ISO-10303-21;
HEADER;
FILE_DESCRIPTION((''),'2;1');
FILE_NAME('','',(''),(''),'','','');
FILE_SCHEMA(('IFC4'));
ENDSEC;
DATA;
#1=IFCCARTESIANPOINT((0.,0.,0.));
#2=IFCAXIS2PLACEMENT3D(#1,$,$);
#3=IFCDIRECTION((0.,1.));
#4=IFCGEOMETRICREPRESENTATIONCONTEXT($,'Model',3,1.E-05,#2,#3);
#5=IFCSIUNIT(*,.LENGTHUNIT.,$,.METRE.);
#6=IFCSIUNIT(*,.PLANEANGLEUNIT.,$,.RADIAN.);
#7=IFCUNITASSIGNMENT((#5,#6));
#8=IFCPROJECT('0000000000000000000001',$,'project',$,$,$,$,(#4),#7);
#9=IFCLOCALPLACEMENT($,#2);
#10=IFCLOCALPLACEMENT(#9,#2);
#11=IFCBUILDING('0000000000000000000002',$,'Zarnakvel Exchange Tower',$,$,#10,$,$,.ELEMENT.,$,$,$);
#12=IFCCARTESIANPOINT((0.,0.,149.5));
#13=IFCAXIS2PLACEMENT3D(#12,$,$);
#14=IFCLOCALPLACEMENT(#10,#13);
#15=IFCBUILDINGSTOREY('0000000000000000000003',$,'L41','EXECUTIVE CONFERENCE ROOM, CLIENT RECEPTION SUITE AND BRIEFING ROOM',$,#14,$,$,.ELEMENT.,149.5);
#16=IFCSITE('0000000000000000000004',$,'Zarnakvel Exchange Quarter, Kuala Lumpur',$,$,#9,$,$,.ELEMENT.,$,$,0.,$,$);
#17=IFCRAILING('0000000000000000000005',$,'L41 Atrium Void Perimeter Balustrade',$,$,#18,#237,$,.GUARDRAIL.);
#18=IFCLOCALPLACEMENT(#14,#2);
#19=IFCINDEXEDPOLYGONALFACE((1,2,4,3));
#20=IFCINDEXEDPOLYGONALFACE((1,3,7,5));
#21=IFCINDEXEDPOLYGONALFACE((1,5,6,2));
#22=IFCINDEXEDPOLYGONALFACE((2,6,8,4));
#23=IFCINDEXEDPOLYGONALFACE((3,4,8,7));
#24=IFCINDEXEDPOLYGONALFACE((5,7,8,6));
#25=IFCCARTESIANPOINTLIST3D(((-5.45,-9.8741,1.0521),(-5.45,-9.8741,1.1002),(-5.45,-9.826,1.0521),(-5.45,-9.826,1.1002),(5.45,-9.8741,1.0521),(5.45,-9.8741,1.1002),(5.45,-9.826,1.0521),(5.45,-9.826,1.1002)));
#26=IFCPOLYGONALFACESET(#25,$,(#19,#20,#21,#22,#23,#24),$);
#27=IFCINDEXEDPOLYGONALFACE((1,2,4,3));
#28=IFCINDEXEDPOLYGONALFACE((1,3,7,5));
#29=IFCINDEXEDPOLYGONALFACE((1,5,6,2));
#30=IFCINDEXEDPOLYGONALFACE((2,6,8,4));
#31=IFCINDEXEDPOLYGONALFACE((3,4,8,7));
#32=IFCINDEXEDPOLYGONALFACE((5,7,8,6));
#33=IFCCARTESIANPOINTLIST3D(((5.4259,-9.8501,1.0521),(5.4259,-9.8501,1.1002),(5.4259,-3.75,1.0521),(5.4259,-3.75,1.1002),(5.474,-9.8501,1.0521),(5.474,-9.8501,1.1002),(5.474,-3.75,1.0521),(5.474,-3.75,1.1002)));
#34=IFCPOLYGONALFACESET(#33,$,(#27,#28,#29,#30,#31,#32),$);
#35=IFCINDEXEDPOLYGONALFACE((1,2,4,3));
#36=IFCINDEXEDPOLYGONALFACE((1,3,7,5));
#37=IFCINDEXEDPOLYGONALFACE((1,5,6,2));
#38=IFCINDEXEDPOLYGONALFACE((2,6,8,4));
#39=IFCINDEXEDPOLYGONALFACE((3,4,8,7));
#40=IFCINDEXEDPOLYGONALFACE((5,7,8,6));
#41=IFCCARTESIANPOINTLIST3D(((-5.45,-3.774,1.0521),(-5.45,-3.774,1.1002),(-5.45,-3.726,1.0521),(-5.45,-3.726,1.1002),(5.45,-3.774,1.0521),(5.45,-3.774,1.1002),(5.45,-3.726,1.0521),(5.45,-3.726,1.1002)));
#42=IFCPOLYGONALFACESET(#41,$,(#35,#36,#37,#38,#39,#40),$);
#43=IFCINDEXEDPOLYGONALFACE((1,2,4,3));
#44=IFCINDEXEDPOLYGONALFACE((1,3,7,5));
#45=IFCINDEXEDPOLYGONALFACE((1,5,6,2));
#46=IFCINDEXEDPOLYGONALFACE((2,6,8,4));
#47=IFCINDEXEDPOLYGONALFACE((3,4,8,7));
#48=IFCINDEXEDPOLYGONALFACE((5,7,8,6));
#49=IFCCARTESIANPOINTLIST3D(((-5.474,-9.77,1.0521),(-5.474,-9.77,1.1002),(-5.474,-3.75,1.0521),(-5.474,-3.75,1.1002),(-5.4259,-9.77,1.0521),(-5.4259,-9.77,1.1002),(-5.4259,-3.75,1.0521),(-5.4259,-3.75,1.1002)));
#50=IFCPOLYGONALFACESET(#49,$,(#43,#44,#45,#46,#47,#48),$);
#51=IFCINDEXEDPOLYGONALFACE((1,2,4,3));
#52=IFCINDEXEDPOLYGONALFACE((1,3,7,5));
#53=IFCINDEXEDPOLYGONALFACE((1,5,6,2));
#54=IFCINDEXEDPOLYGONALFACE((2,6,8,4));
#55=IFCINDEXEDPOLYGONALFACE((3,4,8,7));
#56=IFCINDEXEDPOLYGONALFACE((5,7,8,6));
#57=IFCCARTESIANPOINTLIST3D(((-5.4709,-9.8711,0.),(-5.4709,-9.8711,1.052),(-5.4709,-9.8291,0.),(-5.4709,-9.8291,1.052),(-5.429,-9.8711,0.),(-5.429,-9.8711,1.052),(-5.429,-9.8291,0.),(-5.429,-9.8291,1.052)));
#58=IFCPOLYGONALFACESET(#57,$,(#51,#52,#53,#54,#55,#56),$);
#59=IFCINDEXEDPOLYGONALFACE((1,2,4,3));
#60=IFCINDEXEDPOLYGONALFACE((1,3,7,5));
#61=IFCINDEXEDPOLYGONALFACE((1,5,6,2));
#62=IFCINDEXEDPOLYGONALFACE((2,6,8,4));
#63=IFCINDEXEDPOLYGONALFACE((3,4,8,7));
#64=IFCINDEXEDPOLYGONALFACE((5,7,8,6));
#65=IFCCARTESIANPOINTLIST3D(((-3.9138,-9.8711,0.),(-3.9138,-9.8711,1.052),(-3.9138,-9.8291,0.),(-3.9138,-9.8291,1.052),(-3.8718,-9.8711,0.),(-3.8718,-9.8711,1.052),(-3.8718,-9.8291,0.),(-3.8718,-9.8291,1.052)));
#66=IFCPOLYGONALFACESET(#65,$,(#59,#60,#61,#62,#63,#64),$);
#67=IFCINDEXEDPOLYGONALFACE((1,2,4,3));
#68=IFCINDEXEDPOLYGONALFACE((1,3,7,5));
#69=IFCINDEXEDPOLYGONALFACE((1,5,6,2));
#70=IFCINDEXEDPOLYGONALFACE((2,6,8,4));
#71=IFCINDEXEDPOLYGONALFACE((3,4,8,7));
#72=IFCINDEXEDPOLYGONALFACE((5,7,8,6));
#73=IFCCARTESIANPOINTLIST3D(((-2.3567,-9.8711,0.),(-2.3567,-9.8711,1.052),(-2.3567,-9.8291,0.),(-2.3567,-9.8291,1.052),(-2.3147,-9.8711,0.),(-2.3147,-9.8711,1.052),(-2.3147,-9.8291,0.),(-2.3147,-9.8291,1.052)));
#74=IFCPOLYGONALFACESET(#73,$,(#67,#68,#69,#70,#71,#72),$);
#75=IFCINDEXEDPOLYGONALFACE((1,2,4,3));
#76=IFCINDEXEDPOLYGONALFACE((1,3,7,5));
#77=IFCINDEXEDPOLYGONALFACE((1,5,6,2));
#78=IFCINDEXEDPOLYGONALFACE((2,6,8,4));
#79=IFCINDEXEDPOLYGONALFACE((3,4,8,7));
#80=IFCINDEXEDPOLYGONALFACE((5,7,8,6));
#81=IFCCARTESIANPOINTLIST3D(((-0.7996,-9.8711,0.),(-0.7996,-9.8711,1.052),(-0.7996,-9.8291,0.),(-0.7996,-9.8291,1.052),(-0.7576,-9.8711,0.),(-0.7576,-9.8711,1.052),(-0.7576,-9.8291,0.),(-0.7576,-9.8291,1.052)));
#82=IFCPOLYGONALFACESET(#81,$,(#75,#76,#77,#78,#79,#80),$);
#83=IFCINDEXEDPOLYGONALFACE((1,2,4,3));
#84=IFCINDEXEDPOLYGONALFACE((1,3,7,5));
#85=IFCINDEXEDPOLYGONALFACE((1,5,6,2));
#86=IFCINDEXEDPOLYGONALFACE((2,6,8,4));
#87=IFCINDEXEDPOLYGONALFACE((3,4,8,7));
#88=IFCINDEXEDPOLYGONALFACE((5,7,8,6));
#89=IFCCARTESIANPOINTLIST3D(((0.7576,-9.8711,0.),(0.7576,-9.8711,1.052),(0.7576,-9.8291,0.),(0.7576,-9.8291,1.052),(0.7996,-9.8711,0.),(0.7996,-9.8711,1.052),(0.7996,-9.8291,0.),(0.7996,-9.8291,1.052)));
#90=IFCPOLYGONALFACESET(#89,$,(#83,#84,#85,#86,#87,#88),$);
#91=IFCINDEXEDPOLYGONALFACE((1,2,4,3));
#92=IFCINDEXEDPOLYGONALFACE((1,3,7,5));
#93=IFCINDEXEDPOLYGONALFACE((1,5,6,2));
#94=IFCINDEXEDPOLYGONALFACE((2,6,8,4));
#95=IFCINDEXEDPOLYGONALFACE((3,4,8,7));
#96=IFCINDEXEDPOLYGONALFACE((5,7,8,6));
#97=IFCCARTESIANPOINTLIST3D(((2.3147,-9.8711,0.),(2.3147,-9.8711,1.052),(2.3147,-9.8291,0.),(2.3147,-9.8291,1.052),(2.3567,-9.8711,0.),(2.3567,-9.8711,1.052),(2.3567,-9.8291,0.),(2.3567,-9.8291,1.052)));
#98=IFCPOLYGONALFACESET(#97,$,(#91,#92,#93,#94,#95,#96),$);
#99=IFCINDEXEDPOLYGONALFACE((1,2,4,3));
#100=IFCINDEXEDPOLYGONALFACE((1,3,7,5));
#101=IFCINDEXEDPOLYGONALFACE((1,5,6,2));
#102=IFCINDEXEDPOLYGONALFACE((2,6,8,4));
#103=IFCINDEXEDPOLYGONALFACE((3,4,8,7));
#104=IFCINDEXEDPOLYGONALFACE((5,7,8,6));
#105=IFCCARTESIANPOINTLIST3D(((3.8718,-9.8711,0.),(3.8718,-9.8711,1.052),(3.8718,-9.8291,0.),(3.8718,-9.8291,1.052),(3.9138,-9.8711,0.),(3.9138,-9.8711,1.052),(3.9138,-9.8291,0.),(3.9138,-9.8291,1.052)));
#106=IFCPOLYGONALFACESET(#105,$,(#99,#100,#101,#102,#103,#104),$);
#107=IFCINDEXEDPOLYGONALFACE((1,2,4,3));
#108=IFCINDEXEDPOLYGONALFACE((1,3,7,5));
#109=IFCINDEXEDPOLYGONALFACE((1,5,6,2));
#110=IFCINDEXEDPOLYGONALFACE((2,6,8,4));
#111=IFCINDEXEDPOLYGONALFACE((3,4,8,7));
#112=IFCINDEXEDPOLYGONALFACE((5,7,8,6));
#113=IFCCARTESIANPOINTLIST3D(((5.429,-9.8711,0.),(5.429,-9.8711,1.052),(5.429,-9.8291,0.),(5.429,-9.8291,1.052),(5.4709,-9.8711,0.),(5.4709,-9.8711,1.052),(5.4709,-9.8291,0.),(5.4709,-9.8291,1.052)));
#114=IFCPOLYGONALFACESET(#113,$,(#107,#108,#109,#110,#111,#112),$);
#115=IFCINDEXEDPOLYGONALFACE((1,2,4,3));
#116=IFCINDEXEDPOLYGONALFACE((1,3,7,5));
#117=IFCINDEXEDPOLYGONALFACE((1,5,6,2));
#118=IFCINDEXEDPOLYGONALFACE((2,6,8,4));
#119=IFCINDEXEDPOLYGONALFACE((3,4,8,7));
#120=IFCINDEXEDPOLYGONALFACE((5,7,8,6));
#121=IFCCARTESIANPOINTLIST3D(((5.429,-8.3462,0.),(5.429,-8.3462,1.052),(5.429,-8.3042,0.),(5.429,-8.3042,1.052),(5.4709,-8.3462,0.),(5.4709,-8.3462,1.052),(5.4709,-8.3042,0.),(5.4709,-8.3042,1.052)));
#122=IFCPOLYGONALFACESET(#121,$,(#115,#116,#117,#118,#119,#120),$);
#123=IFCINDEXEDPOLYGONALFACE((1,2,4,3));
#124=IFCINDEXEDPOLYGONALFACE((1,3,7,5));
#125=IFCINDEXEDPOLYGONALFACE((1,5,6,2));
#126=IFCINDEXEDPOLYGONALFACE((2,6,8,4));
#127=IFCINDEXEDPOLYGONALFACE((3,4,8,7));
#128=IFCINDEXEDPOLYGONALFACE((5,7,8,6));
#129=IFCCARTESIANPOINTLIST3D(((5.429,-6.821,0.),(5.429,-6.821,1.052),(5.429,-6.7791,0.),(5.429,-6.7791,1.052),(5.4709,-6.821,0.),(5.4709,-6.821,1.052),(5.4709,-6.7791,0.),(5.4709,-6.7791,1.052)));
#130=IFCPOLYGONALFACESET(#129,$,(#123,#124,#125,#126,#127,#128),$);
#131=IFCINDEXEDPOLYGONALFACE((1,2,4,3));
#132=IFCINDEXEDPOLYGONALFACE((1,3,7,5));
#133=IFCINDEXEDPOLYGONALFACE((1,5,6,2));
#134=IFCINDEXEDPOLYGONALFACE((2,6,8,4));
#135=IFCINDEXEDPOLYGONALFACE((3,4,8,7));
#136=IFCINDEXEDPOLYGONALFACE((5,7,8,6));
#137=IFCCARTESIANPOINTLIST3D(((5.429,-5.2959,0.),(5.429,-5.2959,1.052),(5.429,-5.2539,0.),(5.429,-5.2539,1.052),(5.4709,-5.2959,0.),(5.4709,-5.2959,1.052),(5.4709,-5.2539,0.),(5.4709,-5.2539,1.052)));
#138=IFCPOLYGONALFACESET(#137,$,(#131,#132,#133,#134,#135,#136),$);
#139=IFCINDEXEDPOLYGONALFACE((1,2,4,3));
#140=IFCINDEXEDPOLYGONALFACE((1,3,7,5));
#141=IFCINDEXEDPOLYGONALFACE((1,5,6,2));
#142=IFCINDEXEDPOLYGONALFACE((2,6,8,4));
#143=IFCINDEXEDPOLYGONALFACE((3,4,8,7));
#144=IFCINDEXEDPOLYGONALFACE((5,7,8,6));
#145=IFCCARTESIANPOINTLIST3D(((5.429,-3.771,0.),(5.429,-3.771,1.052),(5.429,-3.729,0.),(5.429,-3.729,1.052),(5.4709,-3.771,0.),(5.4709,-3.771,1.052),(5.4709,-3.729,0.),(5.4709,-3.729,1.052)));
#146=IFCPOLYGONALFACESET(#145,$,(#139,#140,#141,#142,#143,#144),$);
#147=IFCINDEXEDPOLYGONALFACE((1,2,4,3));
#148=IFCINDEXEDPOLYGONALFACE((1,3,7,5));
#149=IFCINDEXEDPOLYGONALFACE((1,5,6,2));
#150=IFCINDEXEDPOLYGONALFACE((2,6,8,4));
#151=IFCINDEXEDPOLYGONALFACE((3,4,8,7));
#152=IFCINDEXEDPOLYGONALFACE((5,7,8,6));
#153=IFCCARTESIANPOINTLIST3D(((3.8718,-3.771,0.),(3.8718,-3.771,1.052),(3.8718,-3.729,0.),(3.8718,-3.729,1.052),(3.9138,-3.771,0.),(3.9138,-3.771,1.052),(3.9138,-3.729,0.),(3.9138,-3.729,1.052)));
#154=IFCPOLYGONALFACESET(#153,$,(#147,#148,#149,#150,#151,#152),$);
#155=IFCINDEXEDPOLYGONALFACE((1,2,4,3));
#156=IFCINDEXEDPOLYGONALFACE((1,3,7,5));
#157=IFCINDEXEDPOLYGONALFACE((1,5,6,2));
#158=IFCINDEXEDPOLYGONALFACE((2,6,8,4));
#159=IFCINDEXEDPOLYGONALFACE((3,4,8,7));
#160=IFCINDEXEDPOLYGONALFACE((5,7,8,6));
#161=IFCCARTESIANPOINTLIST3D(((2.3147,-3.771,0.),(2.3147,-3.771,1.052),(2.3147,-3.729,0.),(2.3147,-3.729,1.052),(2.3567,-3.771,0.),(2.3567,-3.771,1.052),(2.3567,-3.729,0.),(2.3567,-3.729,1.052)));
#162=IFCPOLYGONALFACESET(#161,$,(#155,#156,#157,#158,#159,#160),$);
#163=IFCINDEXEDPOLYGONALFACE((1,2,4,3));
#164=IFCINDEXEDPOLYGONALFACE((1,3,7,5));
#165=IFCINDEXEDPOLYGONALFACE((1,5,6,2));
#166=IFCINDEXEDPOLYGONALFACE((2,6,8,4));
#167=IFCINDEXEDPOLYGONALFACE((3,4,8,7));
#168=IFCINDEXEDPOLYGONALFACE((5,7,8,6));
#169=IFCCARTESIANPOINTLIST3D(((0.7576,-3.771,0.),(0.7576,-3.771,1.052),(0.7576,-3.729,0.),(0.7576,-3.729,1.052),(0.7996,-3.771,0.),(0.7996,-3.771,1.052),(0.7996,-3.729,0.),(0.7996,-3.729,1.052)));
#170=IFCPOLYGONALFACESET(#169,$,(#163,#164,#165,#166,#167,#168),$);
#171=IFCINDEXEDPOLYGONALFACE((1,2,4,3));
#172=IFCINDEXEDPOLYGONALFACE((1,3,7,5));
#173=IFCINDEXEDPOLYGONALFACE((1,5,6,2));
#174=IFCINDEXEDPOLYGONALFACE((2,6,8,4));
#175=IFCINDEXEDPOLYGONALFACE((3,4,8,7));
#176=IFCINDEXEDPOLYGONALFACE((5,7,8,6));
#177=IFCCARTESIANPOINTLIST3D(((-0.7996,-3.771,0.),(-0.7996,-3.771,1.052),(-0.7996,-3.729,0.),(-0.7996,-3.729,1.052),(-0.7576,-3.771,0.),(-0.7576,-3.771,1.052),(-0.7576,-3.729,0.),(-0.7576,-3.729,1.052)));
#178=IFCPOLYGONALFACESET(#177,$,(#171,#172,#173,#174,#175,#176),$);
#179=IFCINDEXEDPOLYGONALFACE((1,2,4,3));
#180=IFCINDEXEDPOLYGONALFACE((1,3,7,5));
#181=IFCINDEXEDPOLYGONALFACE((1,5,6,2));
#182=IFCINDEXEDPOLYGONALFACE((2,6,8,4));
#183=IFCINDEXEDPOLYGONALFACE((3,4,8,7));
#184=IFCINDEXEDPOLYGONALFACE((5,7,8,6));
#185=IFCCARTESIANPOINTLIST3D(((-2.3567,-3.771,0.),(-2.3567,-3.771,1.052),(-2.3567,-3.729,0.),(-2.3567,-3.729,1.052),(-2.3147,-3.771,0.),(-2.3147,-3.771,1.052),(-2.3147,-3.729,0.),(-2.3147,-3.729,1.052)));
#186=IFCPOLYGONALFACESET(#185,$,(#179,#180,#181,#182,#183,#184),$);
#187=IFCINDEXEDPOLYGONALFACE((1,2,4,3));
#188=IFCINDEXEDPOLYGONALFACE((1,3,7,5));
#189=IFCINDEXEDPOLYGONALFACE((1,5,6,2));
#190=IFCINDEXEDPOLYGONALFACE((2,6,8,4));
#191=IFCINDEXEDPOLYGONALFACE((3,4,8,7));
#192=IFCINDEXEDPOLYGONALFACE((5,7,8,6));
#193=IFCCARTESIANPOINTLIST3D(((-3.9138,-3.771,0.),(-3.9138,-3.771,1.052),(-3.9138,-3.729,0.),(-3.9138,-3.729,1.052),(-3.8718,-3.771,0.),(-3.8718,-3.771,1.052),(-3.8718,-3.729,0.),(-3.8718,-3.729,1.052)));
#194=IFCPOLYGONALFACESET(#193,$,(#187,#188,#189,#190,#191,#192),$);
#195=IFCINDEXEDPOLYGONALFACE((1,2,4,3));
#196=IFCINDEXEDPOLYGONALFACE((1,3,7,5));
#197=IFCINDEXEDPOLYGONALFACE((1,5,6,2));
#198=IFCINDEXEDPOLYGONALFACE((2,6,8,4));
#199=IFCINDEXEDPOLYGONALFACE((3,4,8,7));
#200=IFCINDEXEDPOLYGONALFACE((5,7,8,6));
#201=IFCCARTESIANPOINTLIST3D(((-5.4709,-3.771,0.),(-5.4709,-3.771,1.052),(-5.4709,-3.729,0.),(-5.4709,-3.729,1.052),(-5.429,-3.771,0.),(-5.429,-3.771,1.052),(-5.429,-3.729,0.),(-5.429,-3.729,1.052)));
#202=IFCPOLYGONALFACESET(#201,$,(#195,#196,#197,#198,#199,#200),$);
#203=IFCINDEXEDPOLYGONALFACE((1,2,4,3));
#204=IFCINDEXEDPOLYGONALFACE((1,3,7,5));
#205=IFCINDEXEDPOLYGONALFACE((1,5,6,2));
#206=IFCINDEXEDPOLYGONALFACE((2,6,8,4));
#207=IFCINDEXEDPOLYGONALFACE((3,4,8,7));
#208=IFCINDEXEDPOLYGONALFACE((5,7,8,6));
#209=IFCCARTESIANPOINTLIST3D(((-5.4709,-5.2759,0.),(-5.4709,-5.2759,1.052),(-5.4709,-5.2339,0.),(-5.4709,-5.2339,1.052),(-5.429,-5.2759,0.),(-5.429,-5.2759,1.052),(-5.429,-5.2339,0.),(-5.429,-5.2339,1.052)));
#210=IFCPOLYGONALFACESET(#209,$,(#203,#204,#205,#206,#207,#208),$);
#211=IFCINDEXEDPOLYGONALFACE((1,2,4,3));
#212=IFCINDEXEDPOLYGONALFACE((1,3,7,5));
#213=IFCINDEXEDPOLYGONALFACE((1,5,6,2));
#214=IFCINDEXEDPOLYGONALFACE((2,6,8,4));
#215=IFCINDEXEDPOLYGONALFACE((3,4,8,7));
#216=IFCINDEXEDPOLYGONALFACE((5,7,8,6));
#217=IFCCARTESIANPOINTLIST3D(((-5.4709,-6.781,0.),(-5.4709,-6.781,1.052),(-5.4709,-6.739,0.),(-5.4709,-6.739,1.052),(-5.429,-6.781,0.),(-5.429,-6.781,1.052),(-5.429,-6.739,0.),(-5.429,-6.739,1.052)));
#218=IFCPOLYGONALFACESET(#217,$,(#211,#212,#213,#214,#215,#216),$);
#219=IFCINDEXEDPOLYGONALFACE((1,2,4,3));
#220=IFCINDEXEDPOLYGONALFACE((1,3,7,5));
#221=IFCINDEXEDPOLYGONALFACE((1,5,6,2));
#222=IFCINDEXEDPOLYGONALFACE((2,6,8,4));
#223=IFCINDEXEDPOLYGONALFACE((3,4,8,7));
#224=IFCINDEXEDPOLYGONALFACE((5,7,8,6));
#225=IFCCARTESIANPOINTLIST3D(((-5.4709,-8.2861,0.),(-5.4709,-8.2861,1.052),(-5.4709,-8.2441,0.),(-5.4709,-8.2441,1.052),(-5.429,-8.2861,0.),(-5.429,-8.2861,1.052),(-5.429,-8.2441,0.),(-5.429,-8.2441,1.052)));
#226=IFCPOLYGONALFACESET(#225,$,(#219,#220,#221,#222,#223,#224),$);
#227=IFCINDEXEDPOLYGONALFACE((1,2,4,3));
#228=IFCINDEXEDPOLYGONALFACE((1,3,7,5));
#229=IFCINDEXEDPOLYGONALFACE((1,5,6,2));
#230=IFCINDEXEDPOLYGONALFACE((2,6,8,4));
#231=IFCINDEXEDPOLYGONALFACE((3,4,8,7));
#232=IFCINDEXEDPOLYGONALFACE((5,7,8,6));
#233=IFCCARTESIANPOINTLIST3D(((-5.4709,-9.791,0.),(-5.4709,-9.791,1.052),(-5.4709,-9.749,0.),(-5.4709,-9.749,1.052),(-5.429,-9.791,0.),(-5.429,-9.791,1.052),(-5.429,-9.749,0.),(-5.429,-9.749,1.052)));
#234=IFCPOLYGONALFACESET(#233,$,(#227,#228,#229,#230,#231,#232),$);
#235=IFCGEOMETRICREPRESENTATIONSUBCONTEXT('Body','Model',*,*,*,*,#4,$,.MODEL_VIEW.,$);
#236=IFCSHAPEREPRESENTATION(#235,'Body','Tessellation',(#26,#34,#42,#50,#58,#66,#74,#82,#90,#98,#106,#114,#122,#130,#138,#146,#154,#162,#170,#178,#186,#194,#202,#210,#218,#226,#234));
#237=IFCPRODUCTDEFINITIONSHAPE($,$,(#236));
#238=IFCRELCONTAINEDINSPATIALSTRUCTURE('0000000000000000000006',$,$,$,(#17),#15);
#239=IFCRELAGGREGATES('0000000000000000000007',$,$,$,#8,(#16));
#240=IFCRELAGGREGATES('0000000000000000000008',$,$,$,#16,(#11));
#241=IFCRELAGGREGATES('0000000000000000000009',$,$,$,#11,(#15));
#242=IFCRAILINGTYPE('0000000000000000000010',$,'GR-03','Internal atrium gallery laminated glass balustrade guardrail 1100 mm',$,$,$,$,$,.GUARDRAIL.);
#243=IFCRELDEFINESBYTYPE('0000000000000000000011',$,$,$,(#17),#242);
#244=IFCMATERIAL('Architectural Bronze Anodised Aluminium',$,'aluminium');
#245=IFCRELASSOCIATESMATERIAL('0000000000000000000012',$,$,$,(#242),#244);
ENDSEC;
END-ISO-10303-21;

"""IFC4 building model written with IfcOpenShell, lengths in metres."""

from ifc_helpers import new_model, si_unit, direction, frame, origin, origin_2d, place, context, subcontext, project, spatial, rectangle, extrude, material, type_object, element, save


model = new_model("IFC4")

# Units and contexts
model_context = context("Model", 3, precision=1e-05, world=origin(), true_north=direction((0.0, 1.0)))
body_context = subcontext(model_context, "Body", "Model", "MODEL_VIEW")
ifc_project = project(units=[si_unit("LENGTHUNIT", "METRE"), si_unit("PLANEANGLEUNIT", "RADIAN")], contexts=[model_context])

# Site, building, storey
site_placement = place(None, origin())
site = spatial("IfcSite", under=ifc_project, at=site_placement, Name="Zarnakvel Exchange Quarter, Kuala Lumpur", CompositionType="ELEMENT", RefElevation=0.0)
building_placement = place(site_placement, origin())
building = spatial("IfcBuilding", under=site, at=building_placement, Name="Zarnakvel Exchange Tower", CompositionType="ELEMENT")
storey_placement = place(building_placement, frame((0.0, 0.0, 149.5)))
storey = spatial("IfcBuildingStorey", under=building, at=storey_placement, Name="L41", Description="EXECUTIVE CONFERENCE ROOM, CLIENT RECEPTION SUITE AND BRIEFING ROOM", CompositionType="ELEMENT", Elevation=149.5)

# Shared definitions
ifc_material_1 = material(Name="Architectural Bronze Anodised Aluminium", Category="aluminium")

# Railing
railing_type_1 = type_object("IfcRailingType", Name="GR-03", Description="Internal atrium gallery laminated glass balustrade guardrail 1100 mm", PredefinedType="GUARDRAIL", material=ifc_material_1)
railing_1_placement = place(storey_placement, frame((-5.45, -9.8501, 0.0)))
element("IfcRailing", 1, at=railing_1_placement, inside=storey, type_object=railing_type_1, Name="L41 Atrium Void Perimeter Balustrade", PredefinedType="GUARDRAIL", context=body_context, shape_type="SweptSolid", body=[
    extrude(rectangle(XDim=0.0481, YDim=0.0481, at=origin_2d()), frame((0.0, 0.0, 1.0762), z_axis=(1.0, 0.0, 0.0), x_axis=(0.0, 1.0, 0.0)), (0.0, 0.0, 1.0), 10.8999),
    extrude(rectangle(XDim=0.0481, YDim=0.0481, at=origin_2d()), frame((10.8999, 0.0, 1.0762), z_axis=(0.0, 1.0, 0.0), x_axis=(-1.0, 0.0, 0.0)), (0.0, 0.0, 1.0), 6.1001),
    extrude(rectangle(XDim=0.0481, YDim=0.0481, at=origin_2d()), frame((10.8999, 6.1001, 1.0762), z_axis=(-1.0, 0.0, 0.0), x_axis=(0.0, -1.0, 0.0)), (0.0, 0.0, 1.0), 10.8999),
    extrude(rectangle(XDim=0.0481, YDim=0.0481, at=origin_2d()), frame((0.0, 6.1001, 1.0762), z_axis=(0.0, -1.0, 0.0), x_axis=(1.0, 0.0, 0.0)), (0.0, 0.0, 1.0), 6.02),
    extrude(rectangle(XDim=0.042, YDim=0.042, at=origin_2d()), origin(), (0.0, 0.0, 1.0), 1.052),
    extrude(rectangle(XDim=0.042, YDim=0.042, at=origin_2d()), frame((1.5571, 0.0, 0.0)), (0.0, 0.0, 1.0), 1.052),
    extrude(rectangle(XDim=0.042, YDim=0.042, at=origin_2d()), frame((3.1143, 0.0, 0.0)), (0.0, 0.0, 1.0), 1.052),
    extrude(rectangle(XDim=0.042, YDim=0.042, at=origin_2d()), frame((4.6714, 0.0, 0.0)), (0.0, 0.0, 1.0), 1.052),
    extrude(rectangle(XDim=0.042, YDim=0.042, at=origin_2d()), frame((6.2285, 0.0, 0.0)), (0.0, 0.0, 1.0), 1.052),
    extrude(rectangle(XDim=0.042, YDim=0.042, at=origin_2d()), frame((7.7856, 0.0, 0.0)), (0.0, 0.0, 1.0), 1.052),
    extrude(rectangle(XDim=0.042, YDim=0.042, at=origin_2d()), frame((9.3428, 0.0, 0.0)), (0.0, 0.0, 1.0), 1.052),
    extrude(rectangle(XDim=0.042, YDim=0.042, at=origin_2d()), frame((10.8999, 0.0, 0.0)), (0.0, 0.0, 1.0), 1.052),
    extrude(rectangle(XDim=0.042, YDim=0.042, at=origin_2d()), frame((10.8999, 1.5249, 0.0)), (0.0, 0.0, 1.0), 1.052),
    extrude(rectangle(XDim=0.042, YDim=0.042, at=origin_2d()), frame((10.8999, 3.05, 0.0)), (0.0, 0.0, 1.0), 1.052),
    extrude(rectangle(XDim=0.042, YDim=0.042, at=origin_2d()), frame((10.8999, 4.5752, 0.0)), (0.0, 0.0, 1.0), 1.052),
    extrude(rectangle(XDim=0.042, YDim=0.042, at=origin_2d()), frame((10.8999, 6.1001, 0.0)), (0.0, 0.0, 1.0), 1.052),
    extrude(rectangle(XDim=0.042, YDim=0.042, at=origin_2d()), frame((9.3428, 6.1001, 0.0)), (0.0, 0.0, 1.0), 1.052),
    extrude(rectangle(XDim=0.042, YDim=0.042, at=origin_2d()), frame((7.7856, 6.1001, 0.0)), (0.0, 0.0, 1.0), 1.052),
    extrude(rectangle(XDim=0.042, YDim=0.042, at=origin_2d()), frame((6.2285, 6.1001, 0.0)), (0.0, 0.0, 1.0), 1.052),
    extrude(rectangle(XDim=0.042, YDim=0.042, at=origin_2d()), frame((4.6714, 6.1001, 0.0)), (0.0, 0.0, 1.0), 1.052),
    extrude(rectangle(XDim=0.042, YDim=0.042, at=origin_2d()), frame((3.1143, 6.1001, 0.0)), (0.0, 0.0, 1.0), 1.052),
    extrude(rectangle(XDim=0.042, YDim=0.042, at=origin_2d()), frame((1.5571, 6.1001, 0.0)), (0.0, 0.0, 1.0), 1.052),
    extrude(rectangle(XDim=0.042, YDim=0.042, at=origin_2d()), frame((0.0, 6.1001, 0.0)), (0.0, 0.0, 1.0), 1.052),
    extrude(rectangle(XDim=0.042, YDim=0.042, at=origin_2d()), frame((0.0, 4.5952, 0.0)), (0.0, 0.0, 1.0), 1.052),
    extrude(rectangle(XDim=0.042, YDim=0.042, at=origin_2d()), frame((0.0, 3.0901, 0.0)), (0.0, 0.0, 1.0), 1.052),
    extrude(rectangle(XDim=0.042, YDim=0.042, at=origin_2d()), frame((0.0, 1.585, 0.0)), (0.0, 0.0, 1.0), 1.052),
    extrude(rectangle(XDim=0.042, YDim=0.042, at=origin_2d()), frame((0.0, 0.0801, 0.0)), (0.0, 0.0, 1.0), 1.052),
])

save(model, "model.ifc")
